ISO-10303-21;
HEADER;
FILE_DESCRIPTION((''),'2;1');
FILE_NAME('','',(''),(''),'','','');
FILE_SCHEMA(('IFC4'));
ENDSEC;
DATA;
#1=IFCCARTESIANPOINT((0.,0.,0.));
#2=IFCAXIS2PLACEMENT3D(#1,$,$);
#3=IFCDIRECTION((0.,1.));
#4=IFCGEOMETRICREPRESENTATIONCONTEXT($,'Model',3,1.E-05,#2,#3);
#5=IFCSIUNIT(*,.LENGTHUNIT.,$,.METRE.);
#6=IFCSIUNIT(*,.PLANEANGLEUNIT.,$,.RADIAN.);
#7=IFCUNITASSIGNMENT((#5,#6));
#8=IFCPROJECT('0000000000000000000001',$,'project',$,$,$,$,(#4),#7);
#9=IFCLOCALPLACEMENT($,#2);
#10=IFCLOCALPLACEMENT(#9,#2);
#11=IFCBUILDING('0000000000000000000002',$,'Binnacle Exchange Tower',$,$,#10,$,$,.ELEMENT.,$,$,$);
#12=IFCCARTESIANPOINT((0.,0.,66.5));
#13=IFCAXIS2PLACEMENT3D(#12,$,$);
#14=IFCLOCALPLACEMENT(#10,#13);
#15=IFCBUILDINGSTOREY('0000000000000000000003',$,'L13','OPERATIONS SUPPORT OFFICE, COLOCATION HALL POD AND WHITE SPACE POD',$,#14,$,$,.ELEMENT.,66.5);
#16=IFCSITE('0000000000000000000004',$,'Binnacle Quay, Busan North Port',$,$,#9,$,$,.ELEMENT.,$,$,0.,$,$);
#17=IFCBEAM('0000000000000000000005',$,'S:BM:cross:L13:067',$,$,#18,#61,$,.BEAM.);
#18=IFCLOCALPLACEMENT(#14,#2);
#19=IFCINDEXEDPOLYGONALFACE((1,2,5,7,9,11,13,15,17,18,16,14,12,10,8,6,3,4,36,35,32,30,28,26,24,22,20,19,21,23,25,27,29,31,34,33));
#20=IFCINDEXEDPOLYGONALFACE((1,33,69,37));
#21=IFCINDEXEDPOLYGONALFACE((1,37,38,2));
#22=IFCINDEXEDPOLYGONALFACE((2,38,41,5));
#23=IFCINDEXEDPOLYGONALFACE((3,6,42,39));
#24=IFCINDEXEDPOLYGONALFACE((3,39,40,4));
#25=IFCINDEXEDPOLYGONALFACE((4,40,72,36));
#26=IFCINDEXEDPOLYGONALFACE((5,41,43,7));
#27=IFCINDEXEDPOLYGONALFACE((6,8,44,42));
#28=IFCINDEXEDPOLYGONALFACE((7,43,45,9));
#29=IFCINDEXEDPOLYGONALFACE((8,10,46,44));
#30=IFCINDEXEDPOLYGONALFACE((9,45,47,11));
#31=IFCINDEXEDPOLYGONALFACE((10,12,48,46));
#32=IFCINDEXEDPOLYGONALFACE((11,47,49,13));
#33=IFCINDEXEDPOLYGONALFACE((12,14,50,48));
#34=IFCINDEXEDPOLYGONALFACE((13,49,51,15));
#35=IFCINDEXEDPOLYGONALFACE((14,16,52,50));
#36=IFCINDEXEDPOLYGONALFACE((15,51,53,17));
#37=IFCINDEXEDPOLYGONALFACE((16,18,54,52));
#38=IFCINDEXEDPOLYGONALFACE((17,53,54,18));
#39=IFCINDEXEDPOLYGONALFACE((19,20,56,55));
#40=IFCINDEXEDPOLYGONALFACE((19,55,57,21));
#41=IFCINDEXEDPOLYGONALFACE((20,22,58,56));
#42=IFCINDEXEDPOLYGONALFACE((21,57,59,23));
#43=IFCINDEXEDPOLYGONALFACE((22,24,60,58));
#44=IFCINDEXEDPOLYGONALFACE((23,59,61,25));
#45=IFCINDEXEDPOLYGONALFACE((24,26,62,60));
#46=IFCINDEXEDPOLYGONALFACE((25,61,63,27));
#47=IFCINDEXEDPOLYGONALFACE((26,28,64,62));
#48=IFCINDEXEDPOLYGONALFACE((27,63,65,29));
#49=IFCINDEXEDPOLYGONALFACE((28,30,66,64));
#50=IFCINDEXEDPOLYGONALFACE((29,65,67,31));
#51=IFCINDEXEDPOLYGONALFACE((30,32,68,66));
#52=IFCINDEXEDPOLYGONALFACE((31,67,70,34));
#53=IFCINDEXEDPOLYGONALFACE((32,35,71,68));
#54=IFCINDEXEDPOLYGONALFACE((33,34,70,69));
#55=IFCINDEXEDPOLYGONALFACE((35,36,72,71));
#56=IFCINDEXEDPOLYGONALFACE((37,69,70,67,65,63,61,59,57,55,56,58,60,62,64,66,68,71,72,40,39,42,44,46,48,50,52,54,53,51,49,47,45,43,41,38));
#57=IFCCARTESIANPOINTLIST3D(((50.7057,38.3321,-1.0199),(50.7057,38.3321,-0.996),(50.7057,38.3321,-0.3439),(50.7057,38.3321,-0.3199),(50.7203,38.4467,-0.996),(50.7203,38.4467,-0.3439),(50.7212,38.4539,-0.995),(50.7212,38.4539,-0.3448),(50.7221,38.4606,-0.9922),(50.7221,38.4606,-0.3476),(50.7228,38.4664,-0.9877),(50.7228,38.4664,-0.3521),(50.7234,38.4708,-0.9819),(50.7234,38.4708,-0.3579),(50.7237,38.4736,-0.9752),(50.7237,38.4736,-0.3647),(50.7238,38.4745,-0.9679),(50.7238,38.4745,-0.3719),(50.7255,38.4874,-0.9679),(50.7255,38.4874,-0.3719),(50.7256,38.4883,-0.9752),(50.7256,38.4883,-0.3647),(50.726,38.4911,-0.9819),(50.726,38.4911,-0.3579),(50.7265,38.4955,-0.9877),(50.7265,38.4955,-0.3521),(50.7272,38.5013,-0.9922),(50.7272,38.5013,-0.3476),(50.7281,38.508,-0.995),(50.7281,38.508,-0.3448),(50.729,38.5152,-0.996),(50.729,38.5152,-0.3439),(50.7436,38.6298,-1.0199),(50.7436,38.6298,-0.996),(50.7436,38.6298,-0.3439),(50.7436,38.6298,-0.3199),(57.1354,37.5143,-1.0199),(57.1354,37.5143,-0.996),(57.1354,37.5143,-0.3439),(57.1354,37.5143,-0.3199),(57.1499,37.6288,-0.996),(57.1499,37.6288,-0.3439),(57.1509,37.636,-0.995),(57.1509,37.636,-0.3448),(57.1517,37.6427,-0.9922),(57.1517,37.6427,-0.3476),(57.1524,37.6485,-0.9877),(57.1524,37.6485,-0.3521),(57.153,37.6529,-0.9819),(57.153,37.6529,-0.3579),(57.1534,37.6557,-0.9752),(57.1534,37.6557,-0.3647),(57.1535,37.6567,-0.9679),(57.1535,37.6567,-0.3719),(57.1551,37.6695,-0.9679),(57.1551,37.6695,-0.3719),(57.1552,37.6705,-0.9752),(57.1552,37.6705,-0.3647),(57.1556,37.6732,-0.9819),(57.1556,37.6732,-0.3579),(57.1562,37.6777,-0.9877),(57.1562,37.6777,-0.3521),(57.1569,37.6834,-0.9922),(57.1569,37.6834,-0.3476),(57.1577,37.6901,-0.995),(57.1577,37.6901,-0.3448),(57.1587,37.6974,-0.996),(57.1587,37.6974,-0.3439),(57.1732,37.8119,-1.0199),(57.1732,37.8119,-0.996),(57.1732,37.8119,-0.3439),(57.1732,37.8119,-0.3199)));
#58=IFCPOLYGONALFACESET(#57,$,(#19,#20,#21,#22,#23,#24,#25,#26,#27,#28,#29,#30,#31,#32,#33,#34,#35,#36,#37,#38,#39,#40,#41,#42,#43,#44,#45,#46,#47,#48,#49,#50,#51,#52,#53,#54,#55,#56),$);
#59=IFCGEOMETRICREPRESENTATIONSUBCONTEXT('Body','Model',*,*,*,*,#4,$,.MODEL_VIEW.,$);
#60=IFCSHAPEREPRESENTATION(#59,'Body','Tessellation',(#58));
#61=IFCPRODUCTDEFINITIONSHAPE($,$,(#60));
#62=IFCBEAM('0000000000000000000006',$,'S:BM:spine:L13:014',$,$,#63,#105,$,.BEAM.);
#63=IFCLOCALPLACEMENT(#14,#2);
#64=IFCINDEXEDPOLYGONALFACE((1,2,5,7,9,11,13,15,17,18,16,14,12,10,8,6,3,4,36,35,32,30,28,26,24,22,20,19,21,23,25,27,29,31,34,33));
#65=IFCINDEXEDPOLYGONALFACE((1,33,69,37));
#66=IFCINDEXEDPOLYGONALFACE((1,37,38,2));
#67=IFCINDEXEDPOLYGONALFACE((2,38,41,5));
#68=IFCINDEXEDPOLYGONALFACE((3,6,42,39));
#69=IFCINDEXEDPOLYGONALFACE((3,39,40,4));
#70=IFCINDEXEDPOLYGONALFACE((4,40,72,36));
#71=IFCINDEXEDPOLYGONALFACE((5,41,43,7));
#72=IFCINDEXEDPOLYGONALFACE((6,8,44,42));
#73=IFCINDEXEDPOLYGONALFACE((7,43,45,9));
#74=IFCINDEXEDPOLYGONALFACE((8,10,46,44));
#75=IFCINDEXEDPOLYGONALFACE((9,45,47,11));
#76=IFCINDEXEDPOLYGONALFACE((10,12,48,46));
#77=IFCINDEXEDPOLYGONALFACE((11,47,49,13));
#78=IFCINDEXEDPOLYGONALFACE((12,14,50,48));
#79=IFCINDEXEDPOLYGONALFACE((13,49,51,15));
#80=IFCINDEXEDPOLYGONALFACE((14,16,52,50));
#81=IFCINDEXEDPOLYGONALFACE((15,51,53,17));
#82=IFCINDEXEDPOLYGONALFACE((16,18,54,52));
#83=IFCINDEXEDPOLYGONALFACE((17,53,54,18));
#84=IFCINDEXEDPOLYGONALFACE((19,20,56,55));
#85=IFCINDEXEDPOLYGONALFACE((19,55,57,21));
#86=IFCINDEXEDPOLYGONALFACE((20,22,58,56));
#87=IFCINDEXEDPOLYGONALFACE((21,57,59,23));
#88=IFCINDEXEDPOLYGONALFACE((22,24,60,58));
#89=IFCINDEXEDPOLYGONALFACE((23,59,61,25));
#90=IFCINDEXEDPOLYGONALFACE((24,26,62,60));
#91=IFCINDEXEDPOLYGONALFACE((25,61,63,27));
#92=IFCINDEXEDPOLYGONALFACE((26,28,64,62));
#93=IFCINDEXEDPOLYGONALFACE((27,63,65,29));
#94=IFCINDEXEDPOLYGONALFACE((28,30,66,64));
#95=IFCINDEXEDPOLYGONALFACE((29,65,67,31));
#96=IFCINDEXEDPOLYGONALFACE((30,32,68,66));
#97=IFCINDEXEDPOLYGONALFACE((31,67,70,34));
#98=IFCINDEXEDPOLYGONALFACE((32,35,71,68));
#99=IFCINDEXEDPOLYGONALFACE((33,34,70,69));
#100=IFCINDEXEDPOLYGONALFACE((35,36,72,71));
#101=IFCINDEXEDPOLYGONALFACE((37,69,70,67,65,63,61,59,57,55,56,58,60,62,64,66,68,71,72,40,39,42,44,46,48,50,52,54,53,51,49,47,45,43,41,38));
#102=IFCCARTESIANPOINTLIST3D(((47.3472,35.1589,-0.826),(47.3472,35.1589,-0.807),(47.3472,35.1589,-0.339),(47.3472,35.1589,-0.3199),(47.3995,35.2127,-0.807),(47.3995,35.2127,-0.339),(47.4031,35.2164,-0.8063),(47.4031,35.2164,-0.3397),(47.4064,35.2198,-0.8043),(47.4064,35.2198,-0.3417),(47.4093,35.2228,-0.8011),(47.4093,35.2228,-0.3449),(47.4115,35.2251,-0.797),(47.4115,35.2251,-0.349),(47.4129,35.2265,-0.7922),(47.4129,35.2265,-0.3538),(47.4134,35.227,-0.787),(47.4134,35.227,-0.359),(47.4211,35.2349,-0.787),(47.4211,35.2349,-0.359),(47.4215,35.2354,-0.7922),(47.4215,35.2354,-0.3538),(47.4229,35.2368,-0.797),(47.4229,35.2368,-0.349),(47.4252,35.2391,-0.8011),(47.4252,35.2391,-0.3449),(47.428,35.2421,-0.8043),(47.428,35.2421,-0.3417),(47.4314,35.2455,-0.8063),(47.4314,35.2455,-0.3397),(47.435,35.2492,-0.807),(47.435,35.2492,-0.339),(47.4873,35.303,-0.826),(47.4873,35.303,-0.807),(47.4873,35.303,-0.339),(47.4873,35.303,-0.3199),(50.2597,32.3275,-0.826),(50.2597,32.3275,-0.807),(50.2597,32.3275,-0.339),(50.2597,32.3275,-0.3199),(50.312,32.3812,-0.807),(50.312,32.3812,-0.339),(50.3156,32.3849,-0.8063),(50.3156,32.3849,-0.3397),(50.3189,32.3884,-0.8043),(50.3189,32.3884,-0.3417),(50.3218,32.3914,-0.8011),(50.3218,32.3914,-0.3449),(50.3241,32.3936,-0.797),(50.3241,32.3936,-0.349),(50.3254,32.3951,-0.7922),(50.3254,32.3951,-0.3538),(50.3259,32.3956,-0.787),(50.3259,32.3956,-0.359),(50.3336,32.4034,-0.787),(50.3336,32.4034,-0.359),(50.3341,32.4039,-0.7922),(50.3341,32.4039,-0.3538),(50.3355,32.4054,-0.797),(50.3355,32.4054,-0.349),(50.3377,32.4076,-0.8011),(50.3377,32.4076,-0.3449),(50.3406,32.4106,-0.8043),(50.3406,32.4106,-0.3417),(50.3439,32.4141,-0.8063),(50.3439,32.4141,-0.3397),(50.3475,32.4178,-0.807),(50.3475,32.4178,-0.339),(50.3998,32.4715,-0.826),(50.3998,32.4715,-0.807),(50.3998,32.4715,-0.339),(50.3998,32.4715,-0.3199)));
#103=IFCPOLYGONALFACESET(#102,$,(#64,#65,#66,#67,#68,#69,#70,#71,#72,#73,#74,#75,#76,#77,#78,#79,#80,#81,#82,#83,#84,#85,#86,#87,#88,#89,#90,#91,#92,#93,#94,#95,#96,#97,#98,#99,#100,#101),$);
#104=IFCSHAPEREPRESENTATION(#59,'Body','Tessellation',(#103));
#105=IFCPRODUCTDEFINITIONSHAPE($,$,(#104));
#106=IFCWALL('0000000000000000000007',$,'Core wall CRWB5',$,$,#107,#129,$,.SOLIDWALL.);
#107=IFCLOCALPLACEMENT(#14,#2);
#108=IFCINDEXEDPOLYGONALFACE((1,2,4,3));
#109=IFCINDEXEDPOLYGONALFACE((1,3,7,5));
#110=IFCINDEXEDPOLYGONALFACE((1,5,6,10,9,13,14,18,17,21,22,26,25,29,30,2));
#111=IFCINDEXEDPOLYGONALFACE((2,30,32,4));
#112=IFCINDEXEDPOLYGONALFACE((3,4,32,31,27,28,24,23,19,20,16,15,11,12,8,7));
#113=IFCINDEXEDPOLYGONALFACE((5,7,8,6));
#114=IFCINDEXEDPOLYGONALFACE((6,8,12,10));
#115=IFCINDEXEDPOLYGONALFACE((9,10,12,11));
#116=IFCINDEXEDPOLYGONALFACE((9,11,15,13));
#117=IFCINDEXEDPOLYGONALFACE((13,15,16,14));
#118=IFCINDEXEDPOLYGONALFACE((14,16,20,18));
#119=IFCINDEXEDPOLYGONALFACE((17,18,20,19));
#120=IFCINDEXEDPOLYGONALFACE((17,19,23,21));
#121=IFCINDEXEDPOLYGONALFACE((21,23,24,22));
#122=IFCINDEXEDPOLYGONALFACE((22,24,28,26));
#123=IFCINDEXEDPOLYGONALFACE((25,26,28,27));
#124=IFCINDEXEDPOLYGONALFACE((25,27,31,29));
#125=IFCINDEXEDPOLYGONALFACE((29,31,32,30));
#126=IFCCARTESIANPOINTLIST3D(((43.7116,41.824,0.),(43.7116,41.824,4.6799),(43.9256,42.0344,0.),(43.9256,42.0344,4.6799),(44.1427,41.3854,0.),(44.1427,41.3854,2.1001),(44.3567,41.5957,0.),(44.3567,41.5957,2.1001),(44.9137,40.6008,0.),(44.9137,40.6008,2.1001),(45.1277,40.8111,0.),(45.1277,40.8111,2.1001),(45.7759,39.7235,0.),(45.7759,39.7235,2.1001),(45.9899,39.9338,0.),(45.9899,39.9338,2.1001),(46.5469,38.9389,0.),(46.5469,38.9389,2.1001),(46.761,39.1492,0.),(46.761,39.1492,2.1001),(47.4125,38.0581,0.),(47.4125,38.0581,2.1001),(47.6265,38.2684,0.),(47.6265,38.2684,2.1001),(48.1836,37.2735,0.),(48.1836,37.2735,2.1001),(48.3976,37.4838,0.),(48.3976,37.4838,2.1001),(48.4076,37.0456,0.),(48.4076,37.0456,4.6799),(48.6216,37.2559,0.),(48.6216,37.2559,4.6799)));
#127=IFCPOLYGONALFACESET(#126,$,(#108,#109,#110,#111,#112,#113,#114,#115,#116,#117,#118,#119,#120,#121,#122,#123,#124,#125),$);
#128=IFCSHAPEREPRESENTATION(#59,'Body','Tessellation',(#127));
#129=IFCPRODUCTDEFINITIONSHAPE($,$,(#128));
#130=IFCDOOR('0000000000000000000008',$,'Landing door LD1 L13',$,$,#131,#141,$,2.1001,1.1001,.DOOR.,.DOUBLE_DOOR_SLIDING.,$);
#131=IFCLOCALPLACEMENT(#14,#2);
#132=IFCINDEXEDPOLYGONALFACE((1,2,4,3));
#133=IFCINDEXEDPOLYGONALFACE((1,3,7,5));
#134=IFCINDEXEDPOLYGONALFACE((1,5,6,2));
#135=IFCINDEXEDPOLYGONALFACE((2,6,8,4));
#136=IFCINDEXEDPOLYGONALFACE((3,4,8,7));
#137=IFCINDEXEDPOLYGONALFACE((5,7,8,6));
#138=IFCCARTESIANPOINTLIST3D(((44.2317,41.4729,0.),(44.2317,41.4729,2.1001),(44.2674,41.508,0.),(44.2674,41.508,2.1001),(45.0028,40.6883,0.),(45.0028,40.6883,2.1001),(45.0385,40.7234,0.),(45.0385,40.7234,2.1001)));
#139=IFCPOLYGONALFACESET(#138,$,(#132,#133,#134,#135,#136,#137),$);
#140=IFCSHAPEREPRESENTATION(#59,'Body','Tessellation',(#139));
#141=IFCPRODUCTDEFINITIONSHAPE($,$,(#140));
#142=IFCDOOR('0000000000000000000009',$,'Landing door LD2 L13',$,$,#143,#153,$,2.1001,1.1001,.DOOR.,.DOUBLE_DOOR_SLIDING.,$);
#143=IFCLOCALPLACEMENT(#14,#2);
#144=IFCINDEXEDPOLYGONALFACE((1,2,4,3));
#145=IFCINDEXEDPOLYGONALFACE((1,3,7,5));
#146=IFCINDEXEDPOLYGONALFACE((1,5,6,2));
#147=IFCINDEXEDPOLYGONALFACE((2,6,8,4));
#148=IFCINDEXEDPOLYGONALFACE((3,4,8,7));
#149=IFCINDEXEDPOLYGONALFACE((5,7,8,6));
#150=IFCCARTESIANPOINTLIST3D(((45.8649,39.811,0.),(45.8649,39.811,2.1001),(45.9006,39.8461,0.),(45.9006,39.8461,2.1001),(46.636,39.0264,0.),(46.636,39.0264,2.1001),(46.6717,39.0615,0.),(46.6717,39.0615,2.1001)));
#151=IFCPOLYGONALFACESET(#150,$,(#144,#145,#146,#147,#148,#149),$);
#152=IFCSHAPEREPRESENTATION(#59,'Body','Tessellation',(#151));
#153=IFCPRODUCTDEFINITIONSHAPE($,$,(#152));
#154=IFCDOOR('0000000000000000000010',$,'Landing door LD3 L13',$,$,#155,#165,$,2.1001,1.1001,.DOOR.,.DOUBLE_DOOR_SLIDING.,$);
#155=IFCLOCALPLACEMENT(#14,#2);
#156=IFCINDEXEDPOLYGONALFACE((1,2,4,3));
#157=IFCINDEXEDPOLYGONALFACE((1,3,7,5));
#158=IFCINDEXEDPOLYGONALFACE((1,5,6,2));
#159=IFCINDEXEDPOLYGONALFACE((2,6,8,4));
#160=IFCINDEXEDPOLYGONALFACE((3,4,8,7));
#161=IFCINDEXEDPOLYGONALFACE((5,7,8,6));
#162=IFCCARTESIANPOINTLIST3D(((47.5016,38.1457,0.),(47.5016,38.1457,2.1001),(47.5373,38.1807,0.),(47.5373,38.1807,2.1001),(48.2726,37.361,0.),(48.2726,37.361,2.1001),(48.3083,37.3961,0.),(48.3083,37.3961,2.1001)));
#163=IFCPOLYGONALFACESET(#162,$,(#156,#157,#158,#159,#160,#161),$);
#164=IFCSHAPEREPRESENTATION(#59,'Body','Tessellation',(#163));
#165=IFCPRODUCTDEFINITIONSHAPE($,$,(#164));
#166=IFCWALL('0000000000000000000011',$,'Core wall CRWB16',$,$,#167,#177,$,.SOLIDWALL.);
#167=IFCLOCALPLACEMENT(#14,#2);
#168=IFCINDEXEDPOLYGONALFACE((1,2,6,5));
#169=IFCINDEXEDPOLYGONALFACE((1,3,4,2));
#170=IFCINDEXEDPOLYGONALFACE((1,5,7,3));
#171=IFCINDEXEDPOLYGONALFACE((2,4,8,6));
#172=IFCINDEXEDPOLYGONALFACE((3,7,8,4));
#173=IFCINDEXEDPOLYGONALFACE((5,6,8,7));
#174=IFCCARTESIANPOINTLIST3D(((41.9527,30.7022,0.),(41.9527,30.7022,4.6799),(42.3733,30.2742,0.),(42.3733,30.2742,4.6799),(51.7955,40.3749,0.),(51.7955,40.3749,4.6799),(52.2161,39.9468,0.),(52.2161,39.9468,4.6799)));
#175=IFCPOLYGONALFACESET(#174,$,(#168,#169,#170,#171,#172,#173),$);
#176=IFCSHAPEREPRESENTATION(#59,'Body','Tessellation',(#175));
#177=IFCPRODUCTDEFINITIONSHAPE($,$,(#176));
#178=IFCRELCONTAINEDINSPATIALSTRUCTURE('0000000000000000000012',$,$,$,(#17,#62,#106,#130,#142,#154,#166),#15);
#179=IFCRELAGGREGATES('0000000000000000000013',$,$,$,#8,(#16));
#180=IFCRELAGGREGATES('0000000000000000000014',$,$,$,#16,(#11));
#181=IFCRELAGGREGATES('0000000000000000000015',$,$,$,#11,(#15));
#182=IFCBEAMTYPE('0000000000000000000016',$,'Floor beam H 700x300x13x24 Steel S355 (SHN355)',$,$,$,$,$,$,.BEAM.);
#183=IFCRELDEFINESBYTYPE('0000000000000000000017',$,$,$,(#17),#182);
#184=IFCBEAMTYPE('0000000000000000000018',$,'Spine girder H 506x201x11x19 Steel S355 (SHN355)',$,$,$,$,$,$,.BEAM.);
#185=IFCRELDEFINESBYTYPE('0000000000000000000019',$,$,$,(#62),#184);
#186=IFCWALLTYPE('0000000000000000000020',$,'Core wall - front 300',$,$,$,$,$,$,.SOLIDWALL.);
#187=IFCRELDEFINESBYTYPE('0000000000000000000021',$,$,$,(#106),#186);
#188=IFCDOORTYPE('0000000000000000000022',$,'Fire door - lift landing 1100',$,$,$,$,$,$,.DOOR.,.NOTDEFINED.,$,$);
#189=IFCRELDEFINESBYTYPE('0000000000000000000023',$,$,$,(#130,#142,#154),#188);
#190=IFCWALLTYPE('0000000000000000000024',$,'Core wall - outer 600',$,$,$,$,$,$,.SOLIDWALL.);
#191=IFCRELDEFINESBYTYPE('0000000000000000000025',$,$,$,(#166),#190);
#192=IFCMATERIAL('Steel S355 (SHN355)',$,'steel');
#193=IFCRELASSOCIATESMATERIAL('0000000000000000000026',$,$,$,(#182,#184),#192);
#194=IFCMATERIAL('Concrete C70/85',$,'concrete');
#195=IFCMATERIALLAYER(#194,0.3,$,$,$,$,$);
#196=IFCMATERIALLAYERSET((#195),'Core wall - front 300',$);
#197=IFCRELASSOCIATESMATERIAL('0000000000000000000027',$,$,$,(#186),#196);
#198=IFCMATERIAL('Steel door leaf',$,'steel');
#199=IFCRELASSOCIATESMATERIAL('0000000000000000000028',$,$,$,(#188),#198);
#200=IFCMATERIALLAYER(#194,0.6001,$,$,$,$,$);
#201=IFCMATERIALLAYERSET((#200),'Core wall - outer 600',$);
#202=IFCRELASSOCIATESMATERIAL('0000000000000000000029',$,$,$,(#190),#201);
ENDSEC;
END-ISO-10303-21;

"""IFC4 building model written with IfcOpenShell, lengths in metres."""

from ifc_helpers import new_model, si_unit, direction, frame, frame_2d, origin, origin_2d, place, context, subcontext, project, spatial, rectangle, i_section, extrude, material, layer, layer_set, material_profile, profile_set, type_object, element, fill, save


model = new_model("IFC4")

# Units and contexts
model_context = context("Model", 3, precision=1e-05, world=origin(), true_north=direction((0.0, 1.0)))
body_context = subcontext(model_context, "Body", "Model", "MODEL_VIEW")
ifc_project = project(units=[si_unit("LENGTHUNIT", "METRE"), si_unit("PLANEANGLEUNIT", "RADIAN")], contexts=[model_context])

# Site, building, storey
site_placement = place(None, origin())
site = spatial("IfcSite", under=ifc_project, at=site_placement, Name="Binnacle Quay, Busan North Port", CompositionType="ELEMENT", RefElevation=0.0)
building_placement = place(site_placement, origin())
building = spatial("IfcBuilding", under=site, at=building_placement, Name="Binnacle Exchange Tower", CompositionType="ELEMENT")
storey_placement = place(building_placement, frame((0.0, 0.0, 66.5)))
storey = spatial("IfcBuildingStorey", under=building, at=storey_placement, Name="L13", Description="OPERATIONS SUPPORT OFFICE, COLOCATION HALL POD AND WHITE SPACE POD", CompositionType="ELEMENT", Elevation=66.5)

# Shared definitions
ifc_material_1 = material(Name="Concrete C70/85", Category="concrete")

# Beams
ifc_material_2 = material(Name="Steel S355 (SHN355)", Category="steel")
ifc_material_profile_1 = material_profile(ifc_material_2, i_section(OverallWidth=0.3, OverallDepth=0.7, WebThickness=0.0129, FlangeThickness=0.0239, FilletRadius=0.0281, at=origin_2d()), Name="H 700x300x13x24")
ifc_profile_set_1 = profile_set([ifc_material_profile_1], Name="Steel S355 (SHN355)")
beam_type_1 = type_object("IfcBeamType", Name="Floor beam H 700x300x13x24 Steel S355 (SHN355)", PredefinedType="BEAM", material=ifc_profile_set_1)
beam_1_placement = place(storey_placement, frame((57.1543, 37.6631, -0.6699), z_axis=(-0.992007, 0.126186, 0.0), x_axis=(-0.126186, -0.992007, 0.0)))
element("IfcBeam", 1, at=beam_1_placement, inside=storey, type_object=beam_type_1, Name="S:BM:cross:L13:067", PredefinedType="BEAM", context=body_context, shape_type="SweptSolid", body=[
    extrude(i_section(OverallWidth=0.3, OverallDepth=0.7, WebThickness=0.0129, FlangeThickness=0.0239, FilletRadius=0.0281, at=origin_2d()), origin(), (0.0, 0.0, 1.0), 6.4814),
])
ifc_material_profile_2 = material_profile(ifc_material_2, i_section(OverallWidth=0.2009, OverallDepth=0.5061, WebThickness=0.011, FlangeThickness=0.019, FilletRadius=0.02, at=origin_2d()), Name="H 506x201x11x19")
ifc_profile_set_2 = profile_set([ifc_material_profile_2], Name="Steel S355 (SHN355)")
beam_type_2 = type_object("IfcBeamType", Name="Spine girder H 506x201x11x19 Steel S355 (SHN355)", PredefinedType="BEAM", material=ifc_profile_set_2)
beam_2_placement = place(storey_placement, frame((47.4172, 35.231, -0.573), z_axis=(0.717013, -0.69706, 0.0), x_axis=(0.69706, 0.717013, 0.0)))
element("IfcBeam", 2, at=beam_2_placement, inside=storey, type_object=beam_type_2, Name="S:BM:spine:L13:014", PredefinedType="BEAM", context=body_context, shape_type="SweptSolid", body=[
    extrude(i_section(OverallWidth=0.2009, OverallDepth=0.5061, WebThickness=0.011, FlangeThickness=0.019, FilletRadius=0.02, at=origin_2d()), origin(), (0.0, 0.0, 1.0), 4.062),
])

# Wall, openings, doors
ifc_layer_1 = layer(ifc_material_1, 0.3)
ifc_layer_set_1 = layer_set([ifc_layer_1], Name="Core wall - front 300")
wall_type_1 = type_object("IfcWallType", Name="Core wall - front 300", PredefinedType="SOLIDWALL", material=ifc_layer_set_1)
wall_1_placement = place(storey_placement, frame((43.8186, 41.9292, 0.0), z_axis=(0.0, 0.0, 1.0), x_axis=(0.700922, -0.713238, 0.0)))
wall_1 = element("IfcWall", 3, at=wall_1_placement, inside=storey, type_object=wall_type_1, Name="Core wall CRWB5", PredefinedType="SOLIDWALL", context=body_context, shape_type="SweptSolid", body=[
    extrude(rectangle(XDim=6.6997, YDim=0.3, at=frame_2d((3.3499, 0.0))), origin(), (0.0, 0.0, 1.0), 4.6799),
])
opening_1_placement = place(wall_1_placement, frame((0.615, 0.0, 0.0)))
opening_1 = element("IfcOpeningElement", 4, at=opening_1_placement, cuts=wall_1, PredefinedType="OPENING", context=body_context, shape_type="SweptSolid", body=[
    extrude(rectangle(XDim=1.1001, YDim=2.1001, at=frame_2d((0.55, 1.05))), frame((0.0, 0.1599, 0.0), z_axis=(0.0, -1.0, 0.0), x_axis=(1.0, 0.0, 0.0)), (0.0, 0.0, 1.0), 0.3201),
])
opening_2_placement = place(wall_1_placement, frame((2.9451, 0.0, 0.0)))
opening_2 = element("IfcOpeningElement", 5, at=opening_2_placement, cuts=wall_1, PredefinedType="OPENING", context=body_context, shape_type="SweptSolid", body=[
    extrude(rectangle(XDim=1.1001, YDim=2.1001, at=frame_2d((0.55, 1.05))), frame((0.0, 0.1599, 0.0), z_axis=(0.0, -1.0, 0.0), x_axis=(1.0, 0.0, 0.0)), (0.0, 0.0, 1.0), 0.3201),
])
opening_3_placement = place(wall_1_placement, frame((5.28, 0.0, 0.0)))
opening_3 = element("IfcOpeningElement", 6, at=opening_3_placement, cuts=wall_1, PredefinedType="OPENING", context=body_context, shape_type="SweptSolid", body=[
    extrude(rectangle(XDim=1.1001, YDim=2.1001, at=frame_2d((0.55, 1.05))), frame((0.0, 0.1599, 0.0), z_axis=(0.0, -1.0, 0.0), x_axis=(1.0, 0.0, 0.0)), (0.0, 0.0, 1.0), 0.3201),
])
ifc_material_3 = material(Name="Steel door leaf", Category="steel")
door_type_1 = type_object("IfcDoorType", Name="Fire door - lift landing 1100", OperationType="NOTDEFINED", PredefinedType="DOOR", material=ifc_material_3)
door_1_placement = place(opening_1_placement, origin())
door_1 = element("IfcDoor", 7, at=door_1_placement, inside=storey, type_object=door_type_1, Name="Landing door LD1 L13", OperationType="DOUBLE_DOOR_SLIDING", OverallHeight=2.1001, OverallWidth=1.1001, PredefinedType="DOOR", context=body_context, shape_type="SweptSolid", body=[
    extrude(rectangle(XDim=1.1001, YDim=2.1001, at=frame_2d((0.55, 1.05))), frame((0.0, 0.0249, 0.0), z_axis=(0.0, -1.0, 0.0), x_axis=(1.0, 0.0, 0.0)), (0.0, 0.0, 1.0), 0.05),
])
fill(opening_1, door_1)
door_2_placement = place(opening_2_placement, origin())
door_2 = element("IfcDoor", 8, at=door_2_placement, inside=storey, type_object=door_type_1, Name="Landing door LD2 L13", OperationType="DOUBLE_DOOR_SLIDING", OverallHeight=2.1001, OverallWidth=1.1001, PredefinedType="DOOR", context=body_context, shape_type="SweptSolid", body=[
    extrude(rectangle(XDim=1.1001, YDim=2.1001, at=frame_2d((0.55, 1.05))), frame((0.0, 0.0249, 0.0), z_axis=(0.0, -1.0, 0.0), x_axis=(1.0, 0.0, 0.0)), (0.0, 0.0, 1.0), 0.05),
])
fill(opening_2, door_2)
door_3_placement = place(opening_3_placement, origin())
door_3 = element("IfcDoor", 9, at=door_3_placement, inside=storey, type_object=door_type_1, Name="Landing door LD3 L13", OperationType="DOUBLE_DOOR_SLIDING", OverallHeight=2.1001, OverallWidth=1.1001, PredefinedType="DOOR", context=body_context, shape_type="SweptSolid", body=[
    extrude(rectangle(XDim=1.1001, YDim=2.1001, at=frame_2d((0.55, 1.05))), frame((0.0, 0.0249, 0.0), z_axis=(0.0, -1.0, 0.0), x_axis=(1.0, 0.0, 0.0)), (0.0, 0.0, 1.0), 0.05),
])
fill(opening_3, door_3)

# Wall
ifc_layer_2 = layer(ifc_material_1, 0.6001)
ifc_layer_set_2 = layer_set([ifc_layer_2], Name="Core wall - outer 600")
wall_type_2 = type_object("IfcWallType", Name="Core wall - outer 600", PredefinedType="SOLIDWALL", material=ifc_layer_set_2)
wall_2_placement = place(storey_placement, frame((42.1631, 30.4883, 0.0), z_axis=(0.0, 0.0, 1.0), x_axis=(0.713245, 0.700914, 0.0)))
element("IfcWall", 10, at=wall_2_placement, inside=storey, type_object=wall_type_2, Name="Core wall CRWB16", PredefinedType="SOLIDWALL", context=body_context, shape_type="SweptSolid", body=[
    extrude(rectangle(XDim=13.8, YDim=0.6001, at=frame_2d((6.8999, 0.0))), origin(), (0.0, 0.0, 1.0), 4.6799),
])

save(model, "model.ifc")
